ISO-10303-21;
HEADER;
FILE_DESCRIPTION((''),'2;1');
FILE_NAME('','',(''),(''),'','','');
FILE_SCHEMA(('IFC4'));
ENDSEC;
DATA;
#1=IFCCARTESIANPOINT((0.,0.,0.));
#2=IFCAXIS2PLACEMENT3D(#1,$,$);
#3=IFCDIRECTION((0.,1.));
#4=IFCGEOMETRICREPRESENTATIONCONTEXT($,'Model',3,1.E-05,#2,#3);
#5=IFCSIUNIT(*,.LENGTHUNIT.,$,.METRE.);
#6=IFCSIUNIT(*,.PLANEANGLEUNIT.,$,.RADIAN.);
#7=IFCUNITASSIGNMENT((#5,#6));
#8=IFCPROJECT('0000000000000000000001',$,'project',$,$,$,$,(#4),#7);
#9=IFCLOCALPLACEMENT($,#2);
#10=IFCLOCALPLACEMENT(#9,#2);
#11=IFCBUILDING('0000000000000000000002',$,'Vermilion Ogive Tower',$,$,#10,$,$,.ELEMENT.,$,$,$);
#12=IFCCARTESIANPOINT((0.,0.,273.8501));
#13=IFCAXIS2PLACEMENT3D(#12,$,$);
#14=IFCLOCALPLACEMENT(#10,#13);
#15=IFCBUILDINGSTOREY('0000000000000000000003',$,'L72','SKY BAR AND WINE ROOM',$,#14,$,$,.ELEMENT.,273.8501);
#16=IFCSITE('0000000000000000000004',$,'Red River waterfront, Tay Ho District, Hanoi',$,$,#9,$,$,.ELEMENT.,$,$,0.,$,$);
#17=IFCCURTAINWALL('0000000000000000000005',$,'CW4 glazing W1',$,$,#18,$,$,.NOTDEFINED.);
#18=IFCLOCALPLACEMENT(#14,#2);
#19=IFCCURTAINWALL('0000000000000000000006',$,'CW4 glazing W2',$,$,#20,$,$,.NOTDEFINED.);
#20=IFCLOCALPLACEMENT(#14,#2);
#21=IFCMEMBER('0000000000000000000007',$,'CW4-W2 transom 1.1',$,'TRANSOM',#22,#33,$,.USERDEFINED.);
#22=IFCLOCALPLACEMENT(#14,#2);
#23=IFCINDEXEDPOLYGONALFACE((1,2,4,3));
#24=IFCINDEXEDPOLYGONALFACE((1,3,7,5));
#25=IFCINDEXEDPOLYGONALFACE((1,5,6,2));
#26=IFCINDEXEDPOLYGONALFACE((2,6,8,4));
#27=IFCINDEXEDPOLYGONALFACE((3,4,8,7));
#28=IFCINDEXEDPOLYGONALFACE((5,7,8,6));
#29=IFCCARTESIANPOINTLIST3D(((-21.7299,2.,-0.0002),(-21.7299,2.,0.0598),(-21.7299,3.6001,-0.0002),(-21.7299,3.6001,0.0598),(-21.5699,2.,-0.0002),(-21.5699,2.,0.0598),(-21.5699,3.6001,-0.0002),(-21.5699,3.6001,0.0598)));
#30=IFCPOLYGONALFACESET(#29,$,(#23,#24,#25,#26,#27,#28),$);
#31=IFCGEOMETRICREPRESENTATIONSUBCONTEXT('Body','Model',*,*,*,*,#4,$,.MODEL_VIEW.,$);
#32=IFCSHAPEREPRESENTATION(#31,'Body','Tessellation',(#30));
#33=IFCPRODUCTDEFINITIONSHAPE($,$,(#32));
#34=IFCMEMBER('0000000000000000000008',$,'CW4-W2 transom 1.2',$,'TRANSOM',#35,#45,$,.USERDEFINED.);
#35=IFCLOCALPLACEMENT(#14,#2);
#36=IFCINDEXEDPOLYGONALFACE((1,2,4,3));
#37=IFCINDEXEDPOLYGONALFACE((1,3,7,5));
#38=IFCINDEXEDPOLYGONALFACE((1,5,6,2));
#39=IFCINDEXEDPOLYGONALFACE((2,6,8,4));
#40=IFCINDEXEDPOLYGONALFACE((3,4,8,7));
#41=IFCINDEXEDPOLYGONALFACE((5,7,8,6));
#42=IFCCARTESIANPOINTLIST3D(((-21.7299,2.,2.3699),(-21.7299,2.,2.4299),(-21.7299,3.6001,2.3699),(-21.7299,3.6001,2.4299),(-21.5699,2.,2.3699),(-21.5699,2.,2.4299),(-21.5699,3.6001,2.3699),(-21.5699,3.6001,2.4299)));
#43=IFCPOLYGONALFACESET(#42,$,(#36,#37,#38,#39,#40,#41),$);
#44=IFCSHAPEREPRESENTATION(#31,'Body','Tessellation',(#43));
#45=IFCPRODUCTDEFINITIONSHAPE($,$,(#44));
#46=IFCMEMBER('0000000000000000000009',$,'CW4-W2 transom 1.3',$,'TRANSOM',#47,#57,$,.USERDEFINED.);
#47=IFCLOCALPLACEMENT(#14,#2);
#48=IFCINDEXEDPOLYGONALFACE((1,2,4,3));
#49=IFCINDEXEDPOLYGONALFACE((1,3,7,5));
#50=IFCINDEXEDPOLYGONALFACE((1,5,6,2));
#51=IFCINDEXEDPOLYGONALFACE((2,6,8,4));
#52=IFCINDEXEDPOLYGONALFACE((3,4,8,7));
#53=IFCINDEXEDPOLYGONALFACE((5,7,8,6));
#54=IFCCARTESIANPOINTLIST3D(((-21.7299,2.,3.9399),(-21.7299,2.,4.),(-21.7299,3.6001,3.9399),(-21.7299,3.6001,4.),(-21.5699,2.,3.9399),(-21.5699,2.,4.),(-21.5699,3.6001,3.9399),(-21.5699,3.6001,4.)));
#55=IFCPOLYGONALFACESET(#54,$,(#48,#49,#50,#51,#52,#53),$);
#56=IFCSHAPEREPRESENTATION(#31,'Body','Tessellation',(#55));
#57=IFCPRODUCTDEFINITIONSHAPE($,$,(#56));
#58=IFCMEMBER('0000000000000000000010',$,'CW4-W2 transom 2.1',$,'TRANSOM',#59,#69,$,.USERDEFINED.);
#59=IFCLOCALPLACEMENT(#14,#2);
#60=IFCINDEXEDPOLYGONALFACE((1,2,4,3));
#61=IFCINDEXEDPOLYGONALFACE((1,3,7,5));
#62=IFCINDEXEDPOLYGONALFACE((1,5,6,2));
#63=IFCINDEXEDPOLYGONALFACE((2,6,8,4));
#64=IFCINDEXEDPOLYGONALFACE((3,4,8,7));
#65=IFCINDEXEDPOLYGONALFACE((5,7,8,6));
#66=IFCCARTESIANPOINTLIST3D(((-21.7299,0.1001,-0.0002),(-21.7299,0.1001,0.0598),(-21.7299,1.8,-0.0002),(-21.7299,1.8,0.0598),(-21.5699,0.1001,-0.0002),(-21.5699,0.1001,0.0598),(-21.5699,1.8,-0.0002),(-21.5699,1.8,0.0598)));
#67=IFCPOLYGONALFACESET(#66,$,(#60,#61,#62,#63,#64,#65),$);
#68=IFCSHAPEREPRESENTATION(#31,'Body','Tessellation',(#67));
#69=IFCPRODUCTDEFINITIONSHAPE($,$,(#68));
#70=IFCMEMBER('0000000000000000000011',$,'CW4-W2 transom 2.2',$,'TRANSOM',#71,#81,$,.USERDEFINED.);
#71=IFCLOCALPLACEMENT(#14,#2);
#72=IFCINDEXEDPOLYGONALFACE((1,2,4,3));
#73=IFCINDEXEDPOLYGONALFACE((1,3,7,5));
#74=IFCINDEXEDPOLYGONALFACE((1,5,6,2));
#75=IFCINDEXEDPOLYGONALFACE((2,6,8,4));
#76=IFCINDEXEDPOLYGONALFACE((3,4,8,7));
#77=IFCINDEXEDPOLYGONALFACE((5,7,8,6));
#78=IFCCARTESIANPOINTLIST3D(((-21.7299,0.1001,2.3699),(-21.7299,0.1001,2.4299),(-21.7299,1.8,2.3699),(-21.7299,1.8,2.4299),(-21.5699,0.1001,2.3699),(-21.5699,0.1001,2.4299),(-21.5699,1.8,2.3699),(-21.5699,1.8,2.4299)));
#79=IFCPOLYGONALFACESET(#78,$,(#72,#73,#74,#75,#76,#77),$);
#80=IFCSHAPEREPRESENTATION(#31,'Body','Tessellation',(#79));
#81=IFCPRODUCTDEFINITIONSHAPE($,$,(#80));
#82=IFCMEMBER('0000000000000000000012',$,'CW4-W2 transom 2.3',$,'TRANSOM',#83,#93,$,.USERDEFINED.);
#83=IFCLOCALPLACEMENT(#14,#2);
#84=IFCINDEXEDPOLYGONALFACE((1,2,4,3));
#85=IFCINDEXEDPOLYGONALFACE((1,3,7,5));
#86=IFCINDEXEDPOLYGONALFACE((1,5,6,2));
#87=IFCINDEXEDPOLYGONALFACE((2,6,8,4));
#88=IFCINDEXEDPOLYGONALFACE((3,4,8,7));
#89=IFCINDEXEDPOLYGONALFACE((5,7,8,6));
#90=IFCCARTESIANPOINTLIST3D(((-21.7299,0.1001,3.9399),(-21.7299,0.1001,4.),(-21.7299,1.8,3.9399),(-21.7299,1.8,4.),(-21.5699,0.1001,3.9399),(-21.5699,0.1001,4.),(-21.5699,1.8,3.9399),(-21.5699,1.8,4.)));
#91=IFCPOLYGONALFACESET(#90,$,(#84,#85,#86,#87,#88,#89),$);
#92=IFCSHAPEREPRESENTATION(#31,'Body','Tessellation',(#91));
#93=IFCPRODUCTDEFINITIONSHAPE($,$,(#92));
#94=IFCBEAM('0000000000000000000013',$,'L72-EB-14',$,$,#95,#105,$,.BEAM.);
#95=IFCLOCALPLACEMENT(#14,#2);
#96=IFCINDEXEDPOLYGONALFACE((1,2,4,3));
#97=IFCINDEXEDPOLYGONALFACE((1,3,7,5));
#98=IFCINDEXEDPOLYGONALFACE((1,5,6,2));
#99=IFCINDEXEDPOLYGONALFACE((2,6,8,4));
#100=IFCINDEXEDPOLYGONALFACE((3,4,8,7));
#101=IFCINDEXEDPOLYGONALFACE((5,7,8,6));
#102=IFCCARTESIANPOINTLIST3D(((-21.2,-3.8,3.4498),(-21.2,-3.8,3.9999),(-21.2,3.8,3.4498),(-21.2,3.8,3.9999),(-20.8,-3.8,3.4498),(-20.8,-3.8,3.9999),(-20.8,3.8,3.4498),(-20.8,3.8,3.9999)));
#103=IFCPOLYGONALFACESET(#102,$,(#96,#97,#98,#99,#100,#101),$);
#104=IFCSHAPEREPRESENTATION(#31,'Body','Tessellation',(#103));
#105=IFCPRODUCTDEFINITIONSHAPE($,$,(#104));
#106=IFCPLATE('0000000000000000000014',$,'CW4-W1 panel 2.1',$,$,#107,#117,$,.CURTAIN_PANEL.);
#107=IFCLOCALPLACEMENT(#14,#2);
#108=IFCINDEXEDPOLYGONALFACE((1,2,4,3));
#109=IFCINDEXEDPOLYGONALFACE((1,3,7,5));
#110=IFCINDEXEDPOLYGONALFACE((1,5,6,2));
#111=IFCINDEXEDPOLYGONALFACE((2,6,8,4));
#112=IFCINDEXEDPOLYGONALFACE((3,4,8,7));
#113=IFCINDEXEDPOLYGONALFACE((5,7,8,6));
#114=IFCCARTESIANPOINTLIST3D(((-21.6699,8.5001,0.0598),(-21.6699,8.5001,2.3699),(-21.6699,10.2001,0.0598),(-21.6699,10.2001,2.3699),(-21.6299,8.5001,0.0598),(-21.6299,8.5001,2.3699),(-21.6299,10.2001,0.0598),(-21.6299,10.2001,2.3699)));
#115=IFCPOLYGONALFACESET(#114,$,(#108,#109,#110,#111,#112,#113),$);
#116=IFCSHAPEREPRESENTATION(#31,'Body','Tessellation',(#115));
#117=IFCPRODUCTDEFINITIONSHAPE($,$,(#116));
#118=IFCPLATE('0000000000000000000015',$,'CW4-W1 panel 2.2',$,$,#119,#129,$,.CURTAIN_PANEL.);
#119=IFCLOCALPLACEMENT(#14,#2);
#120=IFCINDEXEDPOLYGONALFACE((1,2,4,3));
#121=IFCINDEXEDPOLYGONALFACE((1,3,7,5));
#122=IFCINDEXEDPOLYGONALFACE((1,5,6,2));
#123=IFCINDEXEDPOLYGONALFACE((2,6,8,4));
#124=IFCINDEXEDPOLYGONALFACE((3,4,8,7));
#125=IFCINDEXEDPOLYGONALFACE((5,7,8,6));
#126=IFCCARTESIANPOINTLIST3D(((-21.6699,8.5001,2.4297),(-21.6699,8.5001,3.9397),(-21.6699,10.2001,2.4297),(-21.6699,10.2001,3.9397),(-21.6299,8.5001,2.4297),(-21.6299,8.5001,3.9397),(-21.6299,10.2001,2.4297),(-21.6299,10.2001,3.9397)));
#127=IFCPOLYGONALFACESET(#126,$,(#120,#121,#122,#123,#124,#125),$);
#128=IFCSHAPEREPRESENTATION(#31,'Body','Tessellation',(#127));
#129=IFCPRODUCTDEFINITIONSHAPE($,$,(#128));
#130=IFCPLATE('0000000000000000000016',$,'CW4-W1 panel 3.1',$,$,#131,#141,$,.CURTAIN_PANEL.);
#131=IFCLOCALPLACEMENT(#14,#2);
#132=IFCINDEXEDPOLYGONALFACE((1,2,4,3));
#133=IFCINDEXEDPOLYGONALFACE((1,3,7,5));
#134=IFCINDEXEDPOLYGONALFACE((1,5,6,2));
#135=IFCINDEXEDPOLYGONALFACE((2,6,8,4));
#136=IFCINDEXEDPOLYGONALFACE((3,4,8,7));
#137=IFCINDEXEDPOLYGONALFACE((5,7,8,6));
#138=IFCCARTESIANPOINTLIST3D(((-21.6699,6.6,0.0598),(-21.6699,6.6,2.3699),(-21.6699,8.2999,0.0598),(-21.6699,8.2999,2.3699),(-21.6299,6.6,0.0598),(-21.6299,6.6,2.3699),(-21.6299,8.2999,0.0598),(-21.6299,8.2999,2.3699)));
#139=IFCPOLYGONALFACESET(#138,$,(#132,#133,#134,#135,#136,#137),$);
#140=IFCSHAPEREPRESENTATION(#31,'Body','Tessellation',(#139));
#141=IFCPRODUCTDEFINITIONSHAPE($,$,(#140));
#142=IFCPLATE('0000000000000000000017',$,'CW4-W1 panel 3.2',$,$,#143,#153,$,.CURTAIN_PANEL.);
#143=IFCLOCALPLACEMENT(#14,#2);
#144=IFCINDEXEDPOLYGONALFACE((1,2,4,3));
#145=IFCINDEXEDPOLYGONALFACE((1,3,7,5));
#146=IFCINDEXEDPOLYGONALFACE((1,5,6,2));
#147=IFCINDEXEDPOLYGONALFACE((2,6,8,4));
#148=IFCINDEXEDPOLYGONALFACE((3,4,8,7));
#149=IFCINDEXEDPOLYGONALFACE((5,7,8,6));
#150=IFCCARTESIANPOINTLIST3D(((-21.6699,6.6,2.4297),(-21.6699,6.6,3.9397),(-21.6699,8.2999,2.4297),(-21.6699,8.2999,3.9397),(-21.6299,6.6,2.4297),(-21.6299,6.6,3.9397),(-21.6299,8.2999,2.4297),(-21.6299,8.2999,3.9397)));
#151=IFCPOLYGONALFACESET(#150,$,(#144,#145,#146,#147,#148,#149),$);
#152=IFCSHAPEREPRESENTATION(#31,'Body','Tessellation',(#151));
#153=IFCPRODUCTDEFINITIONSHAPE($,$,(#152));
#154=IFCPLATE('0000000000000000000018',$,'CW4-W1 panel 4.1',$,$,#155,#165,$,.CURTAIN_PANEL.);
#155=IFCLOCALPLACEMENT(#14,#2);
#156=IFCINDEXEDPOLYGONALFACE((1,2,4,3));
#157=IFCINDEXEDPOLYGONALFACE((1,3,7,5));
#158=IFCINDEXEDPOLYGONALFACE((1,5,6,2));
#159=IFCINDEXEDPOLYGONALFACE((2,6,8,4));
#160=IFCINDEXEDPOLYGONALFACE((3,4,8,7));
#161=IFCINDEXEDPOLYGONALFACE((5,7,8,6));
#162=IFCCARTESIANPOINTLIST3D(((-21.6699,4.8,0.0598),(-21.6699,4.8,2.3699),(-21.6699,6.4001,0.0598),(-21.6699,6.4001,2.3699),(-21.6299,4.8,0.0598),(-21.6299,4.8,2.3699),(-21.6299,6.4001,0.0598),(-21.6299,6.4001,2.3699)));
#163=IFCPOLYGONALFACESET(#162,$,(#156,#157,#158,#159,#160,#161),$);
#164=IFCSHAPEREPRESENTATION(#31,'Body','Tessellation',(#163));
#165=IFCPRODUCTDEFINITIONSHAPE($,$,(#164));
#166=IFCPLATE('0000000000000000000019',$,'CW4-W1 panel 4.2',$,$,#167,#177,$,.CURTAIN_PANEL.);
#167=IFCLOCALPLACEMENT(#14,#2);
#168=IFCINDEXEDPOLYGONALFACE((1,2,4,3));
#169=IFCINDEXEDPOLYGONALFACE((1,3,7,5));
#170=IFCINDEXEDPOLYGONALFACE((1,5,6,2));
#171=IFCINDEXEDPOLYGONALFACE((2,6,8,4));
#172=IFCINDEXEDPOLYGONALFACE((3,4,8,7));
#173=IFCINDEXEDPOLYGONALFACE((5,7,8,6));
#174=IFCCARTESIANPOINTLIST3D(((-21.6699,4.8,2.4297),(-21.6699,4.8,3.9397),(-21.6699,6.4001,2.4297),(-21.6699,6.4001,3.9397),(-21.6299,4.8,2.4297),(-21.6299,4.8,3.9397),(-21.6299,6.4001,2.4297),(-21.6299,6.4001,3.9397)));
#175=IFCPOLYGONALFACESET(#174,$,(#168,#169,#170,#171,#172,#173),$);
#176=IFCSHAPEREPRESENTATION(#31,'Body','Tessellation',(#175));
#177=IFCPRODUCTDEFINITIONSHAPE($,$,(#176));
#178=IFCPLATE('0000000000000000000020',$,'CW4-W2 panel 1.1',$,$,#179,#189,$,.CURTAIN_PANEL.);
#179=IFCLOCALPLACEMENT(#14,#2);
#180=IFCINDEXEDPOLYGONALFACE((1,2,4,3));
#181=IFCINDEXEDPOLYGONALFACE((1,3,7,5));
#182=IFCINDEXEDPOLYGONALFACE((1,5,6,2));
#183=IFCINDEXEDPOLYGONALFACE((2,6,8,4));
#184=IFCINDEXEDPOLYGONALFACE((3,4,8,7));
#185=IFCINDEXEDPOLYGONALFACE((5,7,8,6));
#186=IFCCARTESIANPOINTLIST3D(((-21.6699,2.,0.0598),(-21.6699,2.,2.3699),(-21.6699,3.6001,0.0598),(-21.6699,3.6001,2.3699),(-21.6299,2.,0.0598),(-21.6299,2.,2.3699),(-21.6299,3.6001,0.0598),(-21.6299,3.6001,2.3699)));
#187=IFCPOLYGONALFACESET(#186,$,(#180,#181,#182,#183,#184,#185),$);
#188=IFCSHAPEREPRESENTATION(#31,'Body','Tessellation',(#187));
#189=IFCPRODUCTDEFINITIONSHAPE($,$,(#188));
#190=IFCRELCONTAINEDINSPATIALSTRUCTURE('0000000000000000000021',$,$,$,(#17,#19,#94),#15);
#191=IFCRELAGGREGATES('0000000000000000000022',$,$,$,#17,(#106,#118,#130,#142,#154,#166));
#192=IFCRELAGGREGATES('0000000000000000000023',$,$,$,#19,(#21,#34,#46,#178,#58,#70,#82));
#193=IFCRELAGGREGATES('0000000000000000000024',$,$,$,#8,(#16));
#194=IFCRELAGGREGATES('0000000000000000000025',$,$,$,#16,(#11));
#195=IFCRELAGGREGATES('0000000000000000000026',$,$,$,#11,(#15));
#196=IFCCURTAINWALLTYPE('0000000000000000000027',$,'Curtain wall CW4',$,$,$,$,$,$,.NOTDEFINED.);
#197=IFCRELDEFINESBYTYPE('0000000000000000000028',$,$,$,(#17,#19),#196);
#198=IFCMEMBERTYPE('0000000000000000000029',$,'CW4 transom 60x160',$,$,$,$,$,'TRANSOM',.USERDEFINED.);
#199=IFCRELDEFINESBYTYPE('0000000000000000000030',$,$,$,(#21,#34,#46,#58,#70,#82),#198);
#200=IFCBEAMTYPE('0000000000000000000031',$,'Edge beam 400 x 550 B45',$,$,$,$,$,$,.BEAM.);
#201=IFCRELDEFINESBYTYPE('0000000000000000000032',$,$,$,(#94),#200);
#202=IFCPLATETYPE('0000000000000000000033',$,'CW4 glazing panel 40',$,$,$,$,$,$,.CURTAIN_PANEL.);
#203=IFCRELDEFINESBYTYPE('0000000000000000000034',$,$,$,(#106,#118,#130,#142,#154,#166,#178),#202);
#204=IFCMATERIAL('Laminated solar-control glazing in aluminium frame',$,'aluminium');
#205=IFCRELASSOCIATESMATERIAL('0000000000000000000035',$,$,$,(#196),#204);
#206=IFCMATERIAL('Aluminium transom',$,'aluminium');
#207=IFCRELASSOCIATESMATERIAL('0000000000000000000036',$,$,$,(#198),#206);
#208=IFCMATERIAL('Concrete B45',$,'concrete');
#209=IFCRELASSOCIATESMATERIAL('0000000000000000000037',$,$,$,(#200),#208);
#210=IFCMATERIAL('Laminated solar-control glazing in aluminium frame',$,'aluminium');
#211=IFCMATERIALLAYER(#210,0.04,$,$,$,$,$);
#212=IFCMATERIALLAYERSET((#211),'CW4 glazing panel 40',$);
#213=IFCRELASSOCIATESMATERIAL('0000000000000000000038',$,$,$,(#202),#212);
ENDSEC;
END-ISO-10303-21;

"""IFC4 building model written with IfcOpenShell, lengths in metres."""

from ifc_helpers import new_model, si_unit, direction, frame, origin, origin_2d, place, context, subcontext, project, spatial, rectangle, extrude, material, layer, layer_set, material_profile, profile_set, type_object, element, aggregate, save


model = new_model("IFC4")

# Units and contexts
model_context = context("Model", 3, precision=1e-05, world=origin(), true_north=direction((0.0, 1.0)))
body_context = subcontext(model_context, "Body", "Model", "MODEL_VIEW")
ifc_project = project(units=[si_unit("LENGTHUNIT", "METRE"), si_unit("PLANEANGLEUNIT", "RADIAN")], contexts=[model_context])

# Site, building, storey
site_placement = place(None, origin())
site = spatial("IfcSite", under=ifc_project, at=site_placement, Name="Red River waterfront, Tay Ho District, Hanoi", CompositionType="ELEMENT", RefElevation=0.0)
building_placement = place(site_placement, origin())
building = spatial("IfcBuilding", under=site, at=building_placement, Name="Vermilion Ogive Tower", CompositionType="ELEMENT")
storey_placement = place(building_placement, frame((0.0, 0.0, 273.8501)))
storey = spatial("IfcBuildingStorey", under=building, at=storey_placement, Name="L72", Description="SKY BAR AND WINE ROOM", CompositionType="ELEMENT", Elevation=273.8501)

# Curtain walls
ifc_material_1 = material(Name="Laminated solar-control glazing in aluminium frame", Category="aluminium")
curtain_wall_type = type_object("IfcCurtainWallType", Name="Curtain wall CW4", PredefinedType="NOTDEFINED", material=ifc_material_1)
curtain_wall_1_placement = place(storey_placement, origin())
curtain_wall_1 = element("IfcCurtainWall", 1, at=curtain_wall_1_placement, inside=storey, type_object=curtain_wall_type, Name="CW4 glazing W1", PredefinedType="NOTDEFINED")
curtain_wall_2_placement = place(storey_placement, origin())
curtain_wall_2 = element("IfcCurtainWall", 2, at=curtain_wall_2_placement, inside=storey, type_object=curtain_wall_type, Name="CW4 glazing W2", PredefinedType="NOTDEFINED")

# Members
ifc_material_2 = material(Name="Aluminium transom", Category="aluminium")
ifc_material_profile_1 = material_profile(ifc_material_2, rectangle(XDim=0.1599, YDim=0.0601, at=origin_2d()), Name="AL 60x160")
ifc_profile_set_1 = profile_set([ifc_material_profile_1], Name="Aluminium transom")
member_type_1 = type_object("IfcMemberType", Name="CW4 transom 60x160", ElementType="TRANSOM", PredefinedType="USERDEFINED", material=ifc_profile_set_1)
member_1_placement = place(storey_placement, frame((-21.6499, 3.6001, 0.0298), z_axis=(0.0, -1.0, 0.0), x_axis=(1.0, 0.0, 0.0)))
member_1 = element("IfcMember", 3, at=member_1_placement, type_object=member_type_1, Name="CW4-W2 transom 1.1", ObjectType="TRANSOM", PredefinedType="USERDEFINED", context=body_context, shape_type="SweptSolid", body=[
    extrude(rectangle(XDim=0.1599, YDim=0.0601, at=origin_2d()), origin(), (0.0, 0.0, 1.0), 1.6001),
])
member_2_placement = place(storey_placement, frame((-21.6499, 3.6001, 2.3999), z_axis=(0.0, -1.0, 0.0), x_axis=(1.0, 0.0, 0.0)))
member_2 = element("IfcMember", 4, at=member_2_placement, type_object=member_type_1, Name="CW4-W2 transom 1.2", ObjectType="TRANSOM", PredefinedType="USERDEFINED", context=body_context, shape_type="SweptSolid", body=[
    extrude(rectangle(XDim=0.1599, YDim=0.0601, at=origin_2d()), origin(), (0.0, 0.0, 1.0), 1.6001),
])
member_3_placement = place(storey_placement, frame((-21.6499, 3.6001, 3.97), z_axis=(0.0, -1.0, 0.0), x_axis=(1.0, 0.0, 0.0)))
member_3 = element("IfcMember", 5, at=member_3_placement, type_object=member_type_1, Name="CW4-W2 transom 1.3", ObjectType="TRANSOM", PredefinedType="USERDEFINED", context=body_context, shape_type="SweptSolid", body=[
    extrude(rectangle(XDim=0.1599, YDim=0.0601, at=origin_2d()), origin(), (0.0, 0.0, 1.0), 1.6001),
])
member_4_placement = place(storey_placement, frame((-21.6499, 1.8, 0.0298), z_axis=(0.0, -1.0, 0.0), x_axis=(1.0, 0.0, 0.0)))
member_4 = element("IfcMember", 6, at=member_4_placement, type_object=member_type_1, Name="CW4-W2 transom 2.1", ObjectType="TRANSOM", PredefinedType="USERDEFINED", context=body_context, shape_type="SweptSolid", body=[
    extrude(rectangle(XDim=0.1599, YDim=0.0601, at=origin_2d()), origin(), (0.0, 0.0, 1.0), 1.7),
])
member_5_placement = place(storey_placement, frame((-21.6499, 1.8, 2.3999), z_axis=(0.0, -1.0, 0.0), x_axis=(1.0, 0.0, 0.0)))
member_5 = element("IfcMember", 7, at=member_5_placement, type_object=member_type_1, Name="CW4-W2 transom 2.2", ObjectType="TRANSOM", PredefinedType="USERDEFINED", context=body_context, shape_type="SweptSolid", body=[
    extrude(rectangle(XDim=0.1599, YDim=0.0601, at=origin_2d()), origin(), (0.0, 0.0, 1.0), 1.7),
])
member_6_placement = place(storey_placement, frame((-21.6499, 1.8, 3.97), z_axis=(0.0, -1.0, 0.0), x_axis=(1.0, 0.0, 0.0)))
member_6 = element("IfcMember", 8, at=member_6_placement, type_object=member_type_1, Name="CW4-W2 transom 2.3", ObjectType="TRANSOM", PredefinedType="USERDEFINED", context=body_context, shape_type="SweptSolid", body=[
    extrude(rectangle(XDim=0.1599, YDim=0.0601, at=origin_2d()), origin(), (0.0, 0.0, 1.0), 1.7),
])

# Beam
ifc_material_3 = material(Name="Concrete B45", Category="concrete")
ifc_material_profile_2 = material_profile(ifc_material_3, rectangle(XDim=0.3999, YDim=0.55, at=origin_2d()), Name="400 x 550")
ifc_profile_set_2 = profile_set([ifc_material_profile_2], Name="Concrete B45")
beam_type = type_object("IfcBeamType", Name="Edge beam 400 x 550 B45", PredefinedType="BEAM", material=ifc_profile_set_2)
beam_placement = place(storey_placement, frame((-21.0, 3.8, 3.7249), z_axis=(0.0, -1.0, 0.0), x_axis=(1.0, 0.0, 0.0)))
element("IfcBeam", 9, at=beam_placement, inside=storey, type_object=beam_type, Name="L72-EB-14", PredefinedType="BEAM", context=body_context, shape_type="SweptSolid", body=[
    extrude(rectangle(XDim=0.3999, YDim=0.55, at=origin_2d()), origin(), (0.0, 0.0, 1.0), 7.6001),
])

# Plates
ifc_material_4 = material(Name="Laminated solar-control glazing in aluminium frame", Category="aluminium")
ifc_layer_1 = layer(ifc_material_4, 0.04)
ifc_layer_set_1 = layer_set([ifc_layer_1], Name="CW4 glazing panel 40")
plate_type = type_object("IfcPlateType", Name="CW4 glazing panel 40", PredefinedType="CURTAIN_PANEL", material=ifc_layer_set_1)
plate_1_placement = place(storey_placement, frame((-21.6499, 9.3501, 0.0598), z_axis=(0.0, 0.0, 1.0), x_axis=(0.0, -1.0, 0.0)))
plate_1 = element("IfcPlate", 10, at=plate_1_placement, type_object=plate_type, Name="CW4-W1 panel 2.1", PredefinedType="CURTAIN_PANEL", context=body_context, shape_type="SweptSolid", body=[
    extrude(rectangle(XDim=1.7, YDim=0.04, at=origin_2d()), origin(), (0.0, 0.0, 1.0), 2.3101),
])
plate_2_placement = place(storey_placement, frame((-21.6499, 9.3501, 2.4297), z_axis=(0.0, 0.0, 1.0), x_axis=(0.0, -1.0, 0.0)))
plate_2 = element("IfcPlate", 11, at=plate_2_placement, type_object=plate_type, Name="CW4-W1 panel 2.2", PredefinedType="CURTAIN_PANEL", context=body_context, shape_type="SweptSolid", body=[
    extrude(rectangle(XDim=1.7, YDim=0.04, at=origin_2d()), origin(), (0.0, 0.0, 1.0), 1.51),
])
plate_3_placement = place(storey_placement, frame((-21.6499, 7.45, 0.0598), z_axis=(0.0, 0.0, 1.0), x_axis=(0.0, -1.0, 0.0)))
plate_3 = element("IfcPlate", 12, at=plate_3_placement, type_object=plate_type, Name="CW4-W1 panel 3.1", PredefinedType="CURTAIN_PANEL", context=body_context, shape_type="SweptSolid", body=[
    extrude(rectangle(XDim=1.7, YDim=0.04, at=origin_2d()), origin(), (0.0, 0.0, 1.0), 2.3101),
])
plate_4_placement = place(storey_placement, frame((-21.6499, 7.45, 2.4297), z_axis=(0.0, 0.0, 1.0), x_axis=(0.0, -1.0, 0.0)))
plate_4 = element("IfcPlate", 13, at=plate_4_placement, type_object=plate_type, Name="CW4-W1 panel 3.2", PredefinedType="CURTAIN_PANEL", context=body_context, shape_type="SweptSolid", body=[
    extrude(rectangle(XDim=1.7, YDim=0.04, at=origin_2d()), origin(), (0.0, 0.0, 1.0), 1.51),
])
plate_5_placement = place(storey_placement, frame((-21.6499, 5.6001, 0.0598), z_axis=(0.0, 0.0, 1.0), x_axis=(0.0, -1.0, 0.0)))
plate_5 = element("IfcPlate", 14, at=plate_5_placement, type_object=plate_type, Name="CW4-W1 panel 4.1", PredefinedType="CURTAIN_PANEL", context=body_context, shape_type="SweptSolid", body=[
    extrude(rectangle(XDim=1.6001, YDim=0.04, at=origin_2d()), origin(), (0.0, 0.0, 1.0), 2.3101),
])
plate_6_placement = place(storey_placement, frame((-21.6499, 5.6001, 2.4297), z_axis=(0.0, 0.0, 1.0), x_axis=(0.0, -1.0, 0.0)))
plate_6 = element("IfcPlate", 15, at=plate_6_placement, type_object=plate_type, Name="CW4-W1 panel 4.2", PredefinedType="CURTAIN_PANEL", context=body_context, shape_type="SweptSolid", body=[
    extrude(rectangle(XDim=1.6001, YDim=0.04, at=origin_2d()), origin(), (0.0, 0.0, 1.0), 1.51),
])
aggregate(curtain_wall_1, [plate_1, plate_2, plate_3, plate_4, plate_5, plate_6])
plate_7_placement = place(storey_placement, frame((-21.6499, 2.8, 0.0598), z_axis=(0.0, 0.0, 1.0), x_axis=(0.0, -1.0, 0.0)))
plate_7 = element("IfcPlate", 16, at=plate_7_placement, type_object=plate_type, Name="CW4-W2 panel 1.1", PredefinedType="CURTAIN_PANEL", context=body_context, shape_type="SweptSolid", body=[
    extrude(rectangle(XDim=1.6001, YDim=0.04, at=origin_2d()), origin(), (0.0, 0.0, 1.0), 2.3101),
])
aggregate(curtain_wall_2, [member_1, member_2, member_3, plate_7, member_4, member_5, member_6])

save(model, "model.ifc")
